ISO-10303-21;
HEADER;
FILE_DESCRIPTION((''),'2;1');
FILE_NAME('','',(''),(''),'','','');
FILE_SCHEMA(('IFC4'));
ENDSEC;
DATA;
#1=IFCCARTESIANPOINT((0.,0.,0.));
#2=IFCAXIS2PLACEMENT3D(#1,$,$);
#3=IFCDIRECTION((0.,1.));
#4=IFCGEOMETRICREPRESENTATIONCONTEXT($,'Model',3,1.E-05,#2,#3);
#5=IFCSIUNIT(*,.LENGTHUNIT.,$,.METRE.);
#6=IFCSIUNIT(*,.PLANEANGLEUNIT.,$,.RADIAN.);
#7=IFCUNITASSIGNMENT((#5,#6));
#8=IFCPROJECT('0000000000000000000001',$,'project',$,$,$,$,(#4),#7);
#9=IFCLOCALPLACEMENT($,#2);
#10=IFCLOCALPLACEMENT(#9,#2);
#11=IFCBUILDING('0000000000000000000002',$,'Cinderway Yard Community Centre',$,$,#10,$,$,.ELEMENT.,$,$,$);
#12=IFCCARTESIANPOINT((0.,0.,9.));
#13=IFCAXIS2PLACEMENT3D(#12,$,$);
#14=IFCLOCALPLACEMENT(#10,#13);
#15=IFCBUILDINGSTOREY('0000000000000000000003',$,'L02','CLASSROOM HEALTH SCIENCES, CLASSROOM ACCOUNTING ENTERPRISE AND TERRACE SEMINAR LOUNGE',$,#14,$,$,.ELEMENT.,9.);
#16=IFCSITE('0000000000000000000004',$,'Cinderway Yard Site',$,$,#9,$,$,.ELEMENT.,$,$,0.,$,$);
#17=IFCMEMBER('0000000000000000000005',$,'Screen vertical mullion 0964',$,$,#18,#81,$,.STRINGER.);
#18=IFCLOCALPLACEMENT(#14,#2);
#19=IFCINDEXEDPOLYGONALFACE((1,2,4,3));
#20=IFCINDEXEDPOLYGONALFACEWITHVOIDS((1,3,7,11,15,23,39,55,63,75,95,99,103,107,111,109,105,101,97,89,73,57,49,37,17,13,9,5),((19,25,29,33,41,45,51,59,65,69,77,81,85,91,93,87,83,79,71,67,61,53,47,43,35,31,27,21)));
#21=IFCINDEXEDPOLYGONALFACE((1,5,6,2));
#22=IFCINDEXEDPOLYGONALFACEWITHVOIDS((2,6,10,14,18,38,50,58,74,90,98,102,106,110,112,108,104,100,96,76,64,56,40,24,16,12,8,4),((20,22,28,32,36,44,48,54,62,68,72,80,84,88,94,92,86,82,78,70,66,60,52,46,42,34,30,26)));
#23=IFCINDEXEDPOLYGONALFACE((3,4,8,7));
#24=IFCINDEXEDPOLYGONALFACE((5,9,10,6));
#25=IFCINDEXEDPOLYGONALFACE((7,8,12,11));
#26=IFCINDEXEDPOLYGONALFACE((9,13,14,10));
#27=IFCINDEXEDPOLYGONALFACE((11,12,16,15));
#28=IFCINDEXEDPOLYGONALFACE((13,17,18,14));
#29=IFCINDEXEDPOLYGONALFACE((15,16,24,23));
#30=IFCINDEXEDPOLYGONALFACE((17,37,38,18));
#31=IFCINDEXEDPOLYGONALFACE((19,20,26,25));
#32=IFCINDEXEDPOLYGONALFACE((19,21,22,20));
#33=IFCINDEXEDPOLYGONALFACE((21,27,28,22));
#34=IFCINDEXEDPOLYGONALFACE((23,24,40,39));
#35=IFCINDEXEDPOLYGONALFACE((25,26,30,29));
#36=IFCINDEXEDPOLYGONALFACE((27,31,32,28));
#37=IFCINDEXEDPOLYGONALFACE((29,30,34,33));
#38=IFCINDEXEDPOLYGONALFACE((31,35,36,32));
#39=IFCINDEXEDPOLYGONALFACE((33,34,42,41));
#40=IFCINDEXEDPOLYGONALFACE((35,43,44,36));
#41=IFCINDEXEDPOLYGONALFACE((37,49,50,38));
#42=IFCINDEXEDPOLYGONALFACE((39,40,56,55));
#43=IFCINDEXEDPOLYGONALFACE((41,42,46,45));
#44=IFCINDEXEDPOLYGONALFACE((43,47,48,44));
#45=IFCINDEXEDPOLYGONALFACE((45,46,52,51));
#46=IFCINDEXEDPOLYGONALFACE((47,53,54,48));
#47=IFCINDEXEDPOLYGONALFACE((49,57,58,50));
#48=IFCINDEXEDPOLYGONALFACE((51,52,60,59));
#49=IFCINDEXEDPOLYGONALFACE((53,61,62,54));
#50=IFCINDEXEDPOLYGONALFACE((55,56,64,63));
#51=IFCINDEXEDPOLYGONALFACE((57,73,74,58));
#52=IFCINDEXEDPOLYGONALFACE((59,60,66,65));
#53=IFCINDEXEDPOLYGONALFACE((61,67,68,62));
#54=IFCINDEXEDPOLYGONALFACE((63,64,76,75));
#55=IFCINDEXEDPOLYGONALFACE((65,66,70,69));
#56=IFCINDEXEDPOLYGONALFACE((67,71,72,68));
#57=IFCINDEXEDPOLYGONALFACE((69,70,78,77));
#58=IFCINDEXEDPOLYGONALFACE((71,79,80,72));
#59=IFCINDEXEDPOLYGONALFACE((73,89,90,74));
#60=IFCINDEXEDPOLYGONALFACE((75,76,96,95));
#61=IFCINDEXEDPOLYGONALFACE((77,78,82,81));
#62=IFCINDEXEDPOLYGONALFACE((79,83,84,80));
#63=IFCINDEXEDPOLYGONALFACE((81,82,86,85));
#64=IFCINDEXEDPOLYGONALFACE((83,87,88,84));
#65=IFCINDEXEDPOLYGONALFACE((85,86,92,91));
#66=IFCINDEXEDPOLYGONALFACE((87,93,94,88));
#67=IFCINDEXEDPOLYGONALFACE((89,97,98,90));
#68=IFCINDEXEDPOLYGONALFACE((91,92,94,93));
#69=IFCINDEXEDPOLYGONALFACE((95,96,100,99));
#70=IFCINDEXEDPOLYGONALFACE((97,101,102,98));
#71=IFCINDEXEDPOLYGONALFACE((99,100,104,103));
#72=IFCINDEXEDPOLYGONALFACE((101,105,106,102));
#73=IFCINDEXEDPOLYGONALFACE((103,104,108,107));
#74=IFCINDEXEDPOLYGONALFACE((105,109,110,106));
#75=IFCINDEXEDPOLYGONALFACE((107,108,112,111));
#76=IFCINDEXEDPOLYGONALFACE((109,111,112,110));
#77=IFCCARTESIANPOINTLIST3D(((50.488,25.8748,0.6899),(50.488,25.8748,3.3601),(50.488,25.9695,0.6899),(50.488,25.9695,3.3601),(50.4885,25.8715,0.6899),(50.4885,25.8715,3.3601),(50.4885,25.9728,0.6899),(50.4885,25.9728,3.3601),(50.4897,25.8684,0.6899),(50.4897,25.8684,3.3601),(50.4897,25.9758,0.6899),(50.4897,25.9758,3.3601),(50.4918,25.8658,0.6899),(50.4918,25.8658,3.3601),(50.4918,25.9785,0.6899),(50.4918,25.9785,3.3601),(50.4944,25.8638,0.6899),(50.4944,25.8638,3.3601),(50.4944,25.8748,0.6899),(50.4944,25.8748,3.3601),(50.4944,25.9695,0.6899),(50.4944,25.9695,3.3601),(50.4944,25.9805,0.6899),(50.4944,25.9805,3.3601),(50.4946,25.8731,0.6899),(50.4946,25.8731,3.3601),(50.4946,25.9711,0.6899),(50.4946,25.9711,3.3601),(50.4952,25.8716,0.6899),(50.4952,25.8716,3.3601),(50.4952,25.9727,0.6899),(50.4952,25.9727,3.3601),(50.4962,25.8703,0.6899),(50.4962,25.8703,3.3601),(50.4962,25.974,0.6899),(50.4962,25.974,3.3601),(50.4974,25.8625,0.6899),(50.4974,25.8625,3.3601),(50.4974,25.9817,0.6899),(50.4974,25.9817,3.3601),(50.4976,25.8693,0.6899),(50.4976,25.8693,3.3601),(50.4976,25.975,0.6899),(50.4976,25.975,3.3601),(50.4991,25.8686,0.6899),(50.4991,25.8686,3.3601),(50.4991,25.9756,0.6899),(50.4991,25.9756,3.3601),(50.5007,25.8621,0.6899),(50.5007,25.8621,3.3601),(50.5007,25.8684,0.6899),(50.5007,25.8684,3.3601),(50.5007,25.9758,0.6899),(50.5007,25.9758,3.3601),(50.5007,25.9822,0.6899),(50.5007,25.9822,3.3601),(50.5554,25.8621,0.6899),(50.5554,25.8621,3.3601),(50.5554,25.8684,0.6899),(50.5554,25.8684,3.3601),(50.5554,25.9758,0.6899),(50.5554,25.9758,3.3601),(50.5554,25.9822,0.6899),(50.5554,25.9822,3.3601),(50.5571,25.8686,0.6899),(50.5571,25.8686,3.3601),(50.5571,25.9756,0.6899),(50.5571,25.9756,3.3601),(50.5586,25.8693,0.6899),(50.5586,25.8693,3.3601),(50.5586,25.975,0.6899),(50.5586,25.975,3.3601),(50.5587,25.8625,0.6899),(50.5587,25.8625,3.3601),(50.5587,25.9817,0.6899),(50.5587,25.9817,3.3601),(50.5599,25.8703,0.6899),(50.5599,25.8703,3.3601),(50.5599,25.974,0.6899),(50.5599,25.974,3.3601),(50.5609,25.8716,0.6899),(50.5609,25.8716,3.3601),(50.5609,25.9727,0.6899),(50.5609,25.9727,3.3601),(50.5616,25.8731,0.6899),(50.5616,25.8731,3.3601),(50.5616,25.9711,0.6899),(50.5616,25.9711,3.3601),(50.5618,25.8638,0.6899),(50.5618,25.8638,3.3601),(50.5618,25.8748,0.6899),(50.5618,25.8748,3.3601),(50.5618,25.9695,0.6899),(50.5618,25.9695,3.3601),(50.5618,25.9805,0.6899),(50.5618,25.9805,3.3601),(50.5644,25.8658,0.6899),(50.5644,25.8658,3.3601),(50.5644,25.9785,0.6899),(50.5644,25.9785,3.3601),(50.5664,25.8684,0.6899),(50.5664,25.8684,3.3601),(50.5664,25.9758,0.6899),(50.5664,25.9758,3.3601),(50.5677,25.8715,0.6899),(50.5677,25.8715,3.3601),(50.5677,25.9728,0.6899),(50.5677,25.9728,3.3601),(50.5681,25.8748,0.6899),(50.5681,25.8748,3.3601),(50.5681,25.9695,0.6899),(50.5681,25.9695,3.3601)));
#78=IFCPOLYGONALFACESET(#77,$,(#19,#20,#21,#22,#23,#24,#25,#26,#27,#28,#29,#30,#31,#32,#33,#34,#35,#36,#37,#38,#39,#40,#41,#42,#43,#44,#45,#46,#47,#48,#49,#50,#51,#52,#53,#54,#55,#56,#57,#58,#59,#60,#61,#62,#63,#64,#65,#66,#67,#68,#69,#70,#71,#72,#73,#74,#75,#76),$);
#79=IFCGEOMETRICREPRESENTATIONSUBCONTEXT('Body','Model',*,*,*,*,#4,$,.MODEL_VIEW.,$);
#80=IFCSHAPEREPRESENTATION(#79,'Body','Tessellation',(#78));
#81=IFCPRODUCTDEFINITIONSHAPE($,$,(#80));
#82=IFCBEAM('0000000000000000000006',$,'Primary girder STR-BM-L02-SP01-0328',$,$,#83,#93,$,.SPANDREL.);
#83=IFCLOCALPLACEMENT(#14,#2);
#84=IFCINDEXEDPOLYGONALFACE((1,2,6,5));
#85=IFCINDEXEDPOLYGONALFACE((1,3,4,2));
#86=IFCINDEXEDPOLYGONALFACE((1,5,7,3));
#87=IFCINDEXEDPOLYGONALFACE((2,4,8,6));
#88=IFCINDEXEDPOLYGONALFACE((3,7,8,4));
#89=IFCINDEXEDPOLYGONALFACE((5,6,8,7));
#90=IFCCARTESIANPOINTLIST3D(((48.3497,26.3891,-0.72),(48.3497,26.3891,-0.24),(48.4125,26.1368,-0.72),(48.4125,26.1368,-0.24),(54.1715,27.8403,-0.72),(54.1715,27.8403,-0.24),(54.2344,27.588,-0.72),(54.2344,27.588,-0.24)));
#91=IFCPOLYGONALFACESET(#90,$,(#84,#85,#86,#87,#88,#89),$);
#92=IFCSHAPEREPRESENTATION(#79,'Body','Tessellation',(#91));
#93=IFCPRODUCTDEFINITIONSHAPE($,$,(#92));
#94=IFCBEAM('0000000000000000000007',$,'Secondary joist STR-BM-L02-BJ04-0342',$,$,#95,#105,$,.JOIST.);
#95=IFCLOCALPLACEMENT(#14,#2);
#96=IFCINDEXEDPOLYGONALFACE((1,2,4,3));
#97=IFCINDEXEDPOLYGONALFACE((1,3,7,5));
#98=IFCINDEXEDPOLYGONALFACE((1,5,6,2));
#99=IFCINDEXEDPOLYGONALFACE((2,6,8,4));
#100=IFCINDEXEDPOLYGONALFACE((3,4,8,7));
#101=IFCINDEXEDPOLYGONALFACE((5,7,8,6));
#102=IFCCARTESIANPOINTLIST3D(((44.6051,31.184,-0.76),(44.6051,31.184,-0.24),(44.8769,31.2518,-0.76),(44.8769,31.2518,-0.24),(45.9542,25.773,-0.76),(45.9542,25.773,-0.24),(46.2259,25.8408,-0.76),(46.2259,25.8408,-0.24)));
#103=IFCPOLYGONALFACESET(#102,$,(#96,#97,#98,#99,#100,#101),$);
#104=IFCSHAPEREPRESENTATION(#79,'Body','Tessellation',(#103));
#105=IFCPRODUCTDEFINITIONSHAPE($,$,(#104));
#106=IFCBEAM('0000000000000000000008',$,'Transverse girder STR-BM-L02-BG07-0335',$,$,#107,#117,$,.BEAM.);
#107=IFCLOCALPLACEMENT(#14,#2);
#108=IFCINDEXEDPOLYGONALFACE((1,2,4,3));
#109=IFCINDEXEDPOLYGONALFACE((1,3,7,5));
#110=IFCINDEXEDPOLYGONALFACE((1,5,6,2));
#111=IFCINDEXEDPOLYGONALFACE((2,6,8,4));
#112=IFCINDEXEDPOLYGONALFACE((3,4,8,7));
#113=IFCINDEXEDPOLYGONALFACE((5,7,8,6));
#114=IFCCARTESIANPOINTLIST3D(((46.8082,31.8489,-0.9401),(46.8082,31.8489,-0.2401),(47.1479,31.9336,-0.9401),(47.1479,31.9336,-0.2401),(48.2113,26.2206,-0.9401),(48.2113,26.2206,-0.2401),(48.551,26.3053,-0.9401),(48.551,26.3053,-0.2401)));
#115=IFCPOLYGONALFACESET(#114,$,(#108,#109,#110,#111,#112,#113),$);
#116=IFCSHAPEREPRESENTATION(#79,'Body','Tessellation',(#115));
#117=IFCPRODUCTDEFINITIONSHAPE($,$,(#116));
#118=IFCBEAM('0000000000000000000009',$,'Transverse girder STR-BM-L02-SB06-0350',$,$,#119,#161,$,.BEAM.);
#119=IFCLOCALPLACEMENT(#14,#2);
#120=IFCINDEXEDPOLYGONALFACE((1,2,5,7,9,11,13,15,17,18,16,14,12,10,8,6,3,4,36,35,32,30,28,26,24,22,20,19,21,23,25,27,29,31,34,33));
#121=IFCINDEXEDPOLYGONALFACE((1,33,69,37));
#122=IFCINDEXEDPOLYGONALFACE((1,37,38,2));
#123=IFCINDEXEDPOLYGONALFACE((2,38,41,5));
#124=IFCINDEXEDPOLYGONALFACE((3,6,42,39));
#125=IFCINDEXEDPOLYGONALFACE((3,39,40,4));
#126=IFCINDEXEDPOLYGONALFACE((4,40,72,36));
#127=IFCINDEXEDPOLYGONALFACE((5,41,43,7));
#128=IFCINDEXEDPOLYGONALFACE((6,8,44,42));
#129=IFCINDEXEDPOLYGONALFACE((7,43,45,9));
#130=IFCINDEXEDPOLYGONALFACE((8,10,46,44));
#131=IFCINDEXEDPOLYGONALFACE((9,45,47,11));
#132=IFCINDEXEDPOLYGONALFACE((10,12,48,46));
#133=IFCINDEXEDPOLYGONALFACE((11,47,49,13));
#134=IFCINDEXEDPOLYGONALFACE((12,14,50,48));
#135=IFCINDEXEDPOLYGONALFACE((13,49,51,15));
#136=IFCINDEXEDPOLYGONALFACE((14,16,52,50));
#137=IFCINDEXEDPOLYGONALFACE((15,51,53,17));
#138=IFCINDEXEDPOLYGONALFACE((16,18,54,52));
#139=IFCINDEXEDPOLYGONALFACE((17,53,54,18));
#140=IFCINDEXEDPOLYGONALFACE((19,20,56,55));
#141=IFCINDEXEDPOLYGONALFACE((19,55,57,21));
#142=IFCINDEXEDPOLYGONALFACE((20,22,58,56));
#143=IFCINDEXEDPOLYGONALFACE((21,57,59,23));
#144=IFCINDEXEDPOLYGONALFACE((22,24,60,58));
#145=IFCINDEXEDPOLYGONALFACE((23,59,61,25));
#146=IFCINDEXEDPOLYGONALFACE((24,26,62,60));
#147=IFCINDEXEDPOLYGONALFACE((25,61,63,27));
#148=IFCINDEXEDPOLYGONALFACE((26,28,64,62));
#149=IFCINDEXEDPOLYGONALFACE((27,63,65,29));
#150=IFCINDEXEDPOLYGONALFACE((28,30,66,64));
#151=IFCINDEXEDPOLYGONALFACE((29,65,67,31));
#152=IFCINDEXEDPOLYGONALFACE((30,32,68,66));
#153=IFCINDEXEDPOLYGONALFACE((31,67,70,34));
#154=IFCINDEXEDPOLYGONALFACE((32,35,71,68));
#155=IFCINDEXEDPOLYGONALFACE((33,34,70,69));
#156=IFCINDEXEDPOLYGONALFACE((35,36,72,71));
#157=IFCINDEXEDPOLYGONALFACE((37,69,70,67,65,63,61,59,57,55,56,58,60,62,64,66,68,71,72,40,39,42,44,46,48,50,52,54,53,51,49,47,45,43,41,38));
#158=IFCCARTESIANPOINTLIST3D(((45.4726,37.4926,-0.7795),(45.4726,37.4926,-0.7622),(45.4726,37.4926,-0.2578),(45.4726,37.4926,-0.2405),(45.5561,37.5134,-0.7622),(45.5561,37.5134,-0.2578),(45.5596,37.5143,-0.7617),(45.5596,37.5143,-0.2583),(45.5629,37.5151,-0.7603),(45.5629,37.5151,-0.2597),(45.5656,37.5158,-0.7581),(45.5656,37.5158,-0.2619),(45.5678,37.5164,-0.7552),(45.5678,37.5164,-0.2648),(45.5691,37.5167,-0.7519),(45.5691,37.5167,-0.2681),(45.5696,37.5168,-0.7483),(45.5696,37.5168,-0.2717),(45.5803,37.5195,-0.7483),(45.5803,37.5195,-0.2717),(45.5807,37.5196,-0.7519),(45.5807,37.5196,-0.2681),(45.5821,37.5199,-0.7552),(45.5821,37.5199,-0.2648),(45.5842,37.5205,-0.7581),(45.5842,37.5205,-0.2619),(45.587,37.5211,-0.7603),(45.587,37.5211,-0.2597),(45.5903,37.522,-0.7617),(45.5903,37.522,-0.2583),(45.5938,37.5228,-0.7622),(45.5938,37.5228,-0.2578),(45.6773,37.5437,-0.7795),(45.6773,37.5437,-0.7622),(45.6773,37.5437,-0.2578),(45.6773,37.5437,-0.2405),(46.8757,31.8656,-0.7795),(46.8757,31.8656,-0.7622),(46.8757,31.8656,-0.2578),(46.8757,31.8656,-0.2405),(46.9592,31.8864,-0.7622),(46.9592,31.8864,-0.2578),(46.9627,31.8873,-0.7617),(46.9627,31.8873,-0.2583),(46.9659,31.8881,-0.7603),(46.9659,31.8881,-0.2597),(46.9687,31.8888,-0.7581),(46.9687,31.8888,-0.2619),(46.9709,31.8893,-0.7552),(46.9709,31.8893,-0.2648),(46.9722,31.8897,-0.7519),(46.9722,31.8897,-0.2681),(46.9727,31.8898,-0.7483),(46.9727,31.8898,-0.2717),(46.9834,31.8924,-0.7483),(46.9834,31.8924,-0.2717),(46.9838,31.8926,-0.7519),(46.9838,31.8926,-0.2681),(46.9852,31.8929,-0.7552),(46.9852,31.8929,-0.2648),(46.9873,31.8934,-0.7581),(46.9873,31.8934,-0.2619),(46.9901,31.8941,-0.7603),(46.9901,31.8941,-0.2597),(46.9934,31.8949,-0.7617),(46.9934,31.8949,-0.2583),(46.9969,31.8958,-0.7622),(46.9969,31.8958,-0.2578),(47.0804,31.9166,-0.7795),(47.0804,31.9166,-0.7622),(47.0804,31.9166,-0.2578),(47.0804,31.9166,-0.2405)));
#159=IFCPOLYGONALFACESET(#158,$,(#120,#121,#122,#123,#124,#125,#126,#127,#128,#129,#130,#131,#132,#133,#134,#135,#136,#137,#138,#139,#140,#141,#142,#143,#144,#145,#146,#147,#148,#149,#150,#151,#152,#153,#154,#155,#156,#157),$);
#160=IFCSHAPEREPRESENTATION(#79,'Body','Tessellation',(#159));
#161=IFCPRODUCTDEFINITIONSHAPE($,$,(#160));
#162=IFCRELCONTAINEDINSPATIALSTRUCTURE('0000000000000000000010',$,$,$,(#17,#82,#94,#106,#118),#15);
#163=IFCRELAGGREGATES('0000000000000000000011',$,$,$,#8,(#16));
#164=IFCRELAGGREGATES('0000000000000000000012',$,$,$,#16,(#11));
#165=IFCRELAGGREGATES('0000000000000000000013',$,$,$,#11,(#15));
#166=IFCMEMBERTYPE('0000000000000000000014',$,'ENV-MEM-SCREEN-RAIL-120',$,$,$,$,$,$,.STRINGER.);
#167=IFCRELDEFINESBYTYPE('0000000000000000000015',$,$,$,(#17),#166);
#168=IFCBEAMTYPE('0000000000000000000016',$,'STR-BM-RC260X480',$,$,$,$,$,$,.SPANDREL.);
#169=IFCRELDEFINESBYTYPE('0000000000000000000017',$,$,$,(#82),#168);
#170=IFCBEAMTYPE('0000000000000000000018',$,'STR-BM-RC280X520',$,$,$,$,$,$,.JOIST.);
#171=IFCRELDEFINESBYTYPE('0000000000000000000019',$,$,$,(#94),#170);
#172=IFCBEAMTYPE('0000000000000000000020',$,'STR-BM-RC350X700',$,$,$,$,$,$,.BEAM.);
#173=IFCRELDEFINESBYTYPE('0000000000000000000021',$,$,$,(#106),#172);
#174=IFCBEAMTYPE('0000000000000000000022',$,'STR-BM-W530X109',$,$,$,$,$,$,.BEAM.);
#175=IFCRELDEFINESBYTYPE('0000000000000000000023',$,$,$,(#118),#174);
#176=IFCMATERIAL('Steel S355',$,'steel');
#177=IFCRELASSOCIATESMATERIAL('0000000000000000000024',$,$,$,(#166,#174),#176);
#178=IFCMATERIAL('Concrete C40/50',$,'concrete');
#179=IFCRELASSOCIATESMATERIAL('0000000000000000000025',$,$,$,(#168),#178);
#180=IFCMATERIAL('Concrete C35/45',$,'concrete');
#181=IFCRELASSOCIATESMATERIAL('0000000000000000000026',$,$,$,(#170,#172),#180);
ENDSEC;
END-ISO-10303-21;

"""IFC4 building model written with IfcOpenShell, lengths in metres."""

from ifc_helpers import new_model, si_unit, direction, frame, origin, origin_2d, place, context, subcontext, project, spatial, rectangle, hollow_rectangle, i_section, extrude, material, material_profile, profile_set, type_object, element, save


model = new_model("IFC4")

# Units and contexts
model_context = context("Model", 3, precision=1e-05, world=origin(), true_north=direction((0.0, 1.0)))
body_context = subcontext(model_context, "Body", "Model", "MODEL_VIEW")
ifc_project = project(units=[si_unit("LENGTHUNIT", "METRE"), si_unit("PLANEANGLEUNIT", "RADIAN")], contexts=[model_context])

# Site, building, storey
site_placement = place(None, origin())
site = spatial("IfcSite", under=ifc_project, at=site_placement, Name="Cinderway Yard Site", CompositionType="ELEMENT", RefElevation=0.0)
building_placement = place(site_placement, origin())
building = spatial("IfcBuilding", under=site, at=building_placement, Name="Cinderway Yard Community Centre", CompositionType="ELEMENT")
storey_placement = place(building_placement, frame((0.0, 0.0, 9.0)))
storey = spatial("IfcBuildingStorey", under=building, at=storey_placement, Name="L02", Description="CLASSROOM HEALTH SCIENCES, CLASSROOM ACCOUNTING ENTERPRISE AND TERRACE SEMINAR LOUNGE", CompositionType="ELEMENT", Elevation=9.0)

# Shared definitions
ifc_material_1 = material(Name="Concrete C40/50", Category="concrete")

# Member
ifc_material_2 = material(Name="Steel S355", Category="steel")
ifc_material_profile_1 = material_profile(ifc_material_2, hollow_rectangle(XDim=0.0801, YDim=0.1201, WallThickness=0.0063, InnerFilletRadius=0.0063, OuterFilletRadius=0.0127, at=origin_2d()), Name="Steel S355")
ifc_profile_set_1 = profile_set([ifc_material_profile_1], Name="Steel S355")
member_type_1 = type_object("IfcMemberType", Name="ENV-MEM-SCREEN-RAIL-120", PredefinedType="STRINGER", material=ifc_profile_set_1)
member_1_placement = place(storey_placement, frame((50.5281, 25.9221, 0.6899), z_axis=(0.0, 0.0, 1.0), x_axis=(1.0, 0.0, 0.0)))
element("IfcMember", 1, at=member_1_placement, inside=storey, type_object=member_type_1, Name="Screen vertical mullion 0964", PredefinedType="STRINGER", context=body_context, shape_type="SweptSolid", body=[
    extrude(hollow_rectangle(XDim=0.0801, YDim=0.1201, WallThickness=0.0063, InnerFilletRadius=0.0063, OuterFilletRadius=0.0127, at=origin_2d()), origin(), (0.0, 0.0, 1.0), 2.6702),
])

# Beams
ifc_material_profile_2 = material_profile(ifc_material_1, rectangle(XDim=0.26, YDim=0.48, at=origin_2d()), Name="Concrete C40/50")
ifc_profile_set_2 = profile_set([ifc_material_profile_2], Name="Concrete C40/50")
beam_type_1 = type_object("IfcBeamType", Name="STR-BM-RC260X480", PredefinedType="SPANDREL", material=ifc_profile_set_2)
beam_1_placement = place(storey_placement, frame((48.3811, 26.2629, -0.48), z_axis=(0.97031, 0.241865, 0.0), x_axis=(-0.241865, 0.97031, 0.0)))
element("IfcBeam", 2, at=beam_1_placement, inside=storey, type_object=beam_type_1, Name="Primary girder STR-BM-L02-SP01-0328", PredefinedType="SPANDREL", context=body_context, shape_type="SweptSolid", body=[
    extrude(rectangle(XDim=0.26, YDim=0.48, at=origin_2d()), origin(), (0.0, 0.0, 1.0), 6.0),
])
ifc_material_3 = material(Name="Concrete C35/45", Category="concrete")
ifc_material_profile_3 = material_profile(ifc_material_3, rectangle(XDim=0.28, YDim=0.52, at=origin_2d()), Name="Concrete C35/45")
ifc_profile_set_3 = profile_set([ifc_material_profile_3], Name="Concrete C35/45")
beam_type_2 = type_object("IfcBeamType", Name="STR-BM-RC280X520", PredefinedType="JOIST", material=ifc_profile_set_3)
beam_2_placement = place(storey_placement, frame((46.0901, 25.8069, -0.5), z_axis=(-0.241918, 0.970297, 0.0), x_axis=(-0.970297, -0.241918, 0.0)))
element("IfcBeam", 3, at=beam_2_placement, inside=storey, type_object=beam_type_2, Name="Secondary joist STR-BM-L02-BJ04-0342", PredefinedType="JOIST", context=body_context, shape_type="SweptSolid", body=[
    extrude(rectangle(XDim=0.28, YDim=0.52, at=origin_2d()), origin(), (0.0, 0.0, 1.0), 5.5767),
])
ifc_material_profile_4 = material_profile(ifc_material_3, rectangle(XDim=0.3501, YDim=0.7, at=origin_2d()), Name="Concrete C35/45")
ifc_profile_set_4 = profile_set([ifc_material_profile_4], Name="Concrete C35/45")
beam_type_3 = type_object("IfcBeamType", Name="STR-BM-RC350X700", PredefinedType="BEAM", material=ifc_profile_set_4)
beam_3_placement = place(storey_placement, frame((48.3811, 26.2629, -0.5901), z_axis=(-0.241892, 0.970303, 0.0), x_axis=(-0.970303, -0.241892, 0.0)))
element("IfcBeam", 4, at=beam_3_placement, inside=storey, type_object=beam_type_3, Name="Transverse girder STR-BM-L02-BG07-0335", PredefinedType="BEAM", context=body_context, shape_type="SweptSolid", body=[
    extrude(rectangle(XDim=0.3501, YDim=0.7, at=origin_2d()), origin(), (0.0, 0.0, 1.0), 5.8005),
])
ifc_material_profile_5 = material_profile(ifc_material_2, i_section(OverallWidth=0.2109, OverallDepth=0.5391, WebThickness=0.011, FlangeThickness=0.0173, FilletRadius=0.0139, at=origin_2d()), Name="Steel S355")
ifc_profile_set_5 = profile_set([ifc_material_profile_5], Name="Steel S355")
beam_type_4 = type_object("IfcBeamType", Name="STR-BM-W530X109", PredefinedType="BEAM", material=ifc_profile_set_5)
beam_4_placement = place(storey_placement, frame((46.978, 31.8911, -0.51), z_axis=(-0.241941, 0.970291, 0.0), x_axis=(-0.970291, -0.241941, 0.0)))
element("IfcBeam", 5, at=beam_4_placement, inside=storey, type_object=beam_type_4, Name="Transverse girder STR-BM-L02-SB06-0350", PredefinedType="BEAM", context=body_context, shape_type="SweptSolid", body=[
    extrude(i_section(OverallWidth=0.2109, OverallDepth=0.5391, WebThickness=0.011, FlangeThickness=0.0173, FilletRadius=0.0139, at=origin_2d()), origin(), (0.0, 0.0, 1.0), 5.7993),
])

save(model, "model.ifc")
